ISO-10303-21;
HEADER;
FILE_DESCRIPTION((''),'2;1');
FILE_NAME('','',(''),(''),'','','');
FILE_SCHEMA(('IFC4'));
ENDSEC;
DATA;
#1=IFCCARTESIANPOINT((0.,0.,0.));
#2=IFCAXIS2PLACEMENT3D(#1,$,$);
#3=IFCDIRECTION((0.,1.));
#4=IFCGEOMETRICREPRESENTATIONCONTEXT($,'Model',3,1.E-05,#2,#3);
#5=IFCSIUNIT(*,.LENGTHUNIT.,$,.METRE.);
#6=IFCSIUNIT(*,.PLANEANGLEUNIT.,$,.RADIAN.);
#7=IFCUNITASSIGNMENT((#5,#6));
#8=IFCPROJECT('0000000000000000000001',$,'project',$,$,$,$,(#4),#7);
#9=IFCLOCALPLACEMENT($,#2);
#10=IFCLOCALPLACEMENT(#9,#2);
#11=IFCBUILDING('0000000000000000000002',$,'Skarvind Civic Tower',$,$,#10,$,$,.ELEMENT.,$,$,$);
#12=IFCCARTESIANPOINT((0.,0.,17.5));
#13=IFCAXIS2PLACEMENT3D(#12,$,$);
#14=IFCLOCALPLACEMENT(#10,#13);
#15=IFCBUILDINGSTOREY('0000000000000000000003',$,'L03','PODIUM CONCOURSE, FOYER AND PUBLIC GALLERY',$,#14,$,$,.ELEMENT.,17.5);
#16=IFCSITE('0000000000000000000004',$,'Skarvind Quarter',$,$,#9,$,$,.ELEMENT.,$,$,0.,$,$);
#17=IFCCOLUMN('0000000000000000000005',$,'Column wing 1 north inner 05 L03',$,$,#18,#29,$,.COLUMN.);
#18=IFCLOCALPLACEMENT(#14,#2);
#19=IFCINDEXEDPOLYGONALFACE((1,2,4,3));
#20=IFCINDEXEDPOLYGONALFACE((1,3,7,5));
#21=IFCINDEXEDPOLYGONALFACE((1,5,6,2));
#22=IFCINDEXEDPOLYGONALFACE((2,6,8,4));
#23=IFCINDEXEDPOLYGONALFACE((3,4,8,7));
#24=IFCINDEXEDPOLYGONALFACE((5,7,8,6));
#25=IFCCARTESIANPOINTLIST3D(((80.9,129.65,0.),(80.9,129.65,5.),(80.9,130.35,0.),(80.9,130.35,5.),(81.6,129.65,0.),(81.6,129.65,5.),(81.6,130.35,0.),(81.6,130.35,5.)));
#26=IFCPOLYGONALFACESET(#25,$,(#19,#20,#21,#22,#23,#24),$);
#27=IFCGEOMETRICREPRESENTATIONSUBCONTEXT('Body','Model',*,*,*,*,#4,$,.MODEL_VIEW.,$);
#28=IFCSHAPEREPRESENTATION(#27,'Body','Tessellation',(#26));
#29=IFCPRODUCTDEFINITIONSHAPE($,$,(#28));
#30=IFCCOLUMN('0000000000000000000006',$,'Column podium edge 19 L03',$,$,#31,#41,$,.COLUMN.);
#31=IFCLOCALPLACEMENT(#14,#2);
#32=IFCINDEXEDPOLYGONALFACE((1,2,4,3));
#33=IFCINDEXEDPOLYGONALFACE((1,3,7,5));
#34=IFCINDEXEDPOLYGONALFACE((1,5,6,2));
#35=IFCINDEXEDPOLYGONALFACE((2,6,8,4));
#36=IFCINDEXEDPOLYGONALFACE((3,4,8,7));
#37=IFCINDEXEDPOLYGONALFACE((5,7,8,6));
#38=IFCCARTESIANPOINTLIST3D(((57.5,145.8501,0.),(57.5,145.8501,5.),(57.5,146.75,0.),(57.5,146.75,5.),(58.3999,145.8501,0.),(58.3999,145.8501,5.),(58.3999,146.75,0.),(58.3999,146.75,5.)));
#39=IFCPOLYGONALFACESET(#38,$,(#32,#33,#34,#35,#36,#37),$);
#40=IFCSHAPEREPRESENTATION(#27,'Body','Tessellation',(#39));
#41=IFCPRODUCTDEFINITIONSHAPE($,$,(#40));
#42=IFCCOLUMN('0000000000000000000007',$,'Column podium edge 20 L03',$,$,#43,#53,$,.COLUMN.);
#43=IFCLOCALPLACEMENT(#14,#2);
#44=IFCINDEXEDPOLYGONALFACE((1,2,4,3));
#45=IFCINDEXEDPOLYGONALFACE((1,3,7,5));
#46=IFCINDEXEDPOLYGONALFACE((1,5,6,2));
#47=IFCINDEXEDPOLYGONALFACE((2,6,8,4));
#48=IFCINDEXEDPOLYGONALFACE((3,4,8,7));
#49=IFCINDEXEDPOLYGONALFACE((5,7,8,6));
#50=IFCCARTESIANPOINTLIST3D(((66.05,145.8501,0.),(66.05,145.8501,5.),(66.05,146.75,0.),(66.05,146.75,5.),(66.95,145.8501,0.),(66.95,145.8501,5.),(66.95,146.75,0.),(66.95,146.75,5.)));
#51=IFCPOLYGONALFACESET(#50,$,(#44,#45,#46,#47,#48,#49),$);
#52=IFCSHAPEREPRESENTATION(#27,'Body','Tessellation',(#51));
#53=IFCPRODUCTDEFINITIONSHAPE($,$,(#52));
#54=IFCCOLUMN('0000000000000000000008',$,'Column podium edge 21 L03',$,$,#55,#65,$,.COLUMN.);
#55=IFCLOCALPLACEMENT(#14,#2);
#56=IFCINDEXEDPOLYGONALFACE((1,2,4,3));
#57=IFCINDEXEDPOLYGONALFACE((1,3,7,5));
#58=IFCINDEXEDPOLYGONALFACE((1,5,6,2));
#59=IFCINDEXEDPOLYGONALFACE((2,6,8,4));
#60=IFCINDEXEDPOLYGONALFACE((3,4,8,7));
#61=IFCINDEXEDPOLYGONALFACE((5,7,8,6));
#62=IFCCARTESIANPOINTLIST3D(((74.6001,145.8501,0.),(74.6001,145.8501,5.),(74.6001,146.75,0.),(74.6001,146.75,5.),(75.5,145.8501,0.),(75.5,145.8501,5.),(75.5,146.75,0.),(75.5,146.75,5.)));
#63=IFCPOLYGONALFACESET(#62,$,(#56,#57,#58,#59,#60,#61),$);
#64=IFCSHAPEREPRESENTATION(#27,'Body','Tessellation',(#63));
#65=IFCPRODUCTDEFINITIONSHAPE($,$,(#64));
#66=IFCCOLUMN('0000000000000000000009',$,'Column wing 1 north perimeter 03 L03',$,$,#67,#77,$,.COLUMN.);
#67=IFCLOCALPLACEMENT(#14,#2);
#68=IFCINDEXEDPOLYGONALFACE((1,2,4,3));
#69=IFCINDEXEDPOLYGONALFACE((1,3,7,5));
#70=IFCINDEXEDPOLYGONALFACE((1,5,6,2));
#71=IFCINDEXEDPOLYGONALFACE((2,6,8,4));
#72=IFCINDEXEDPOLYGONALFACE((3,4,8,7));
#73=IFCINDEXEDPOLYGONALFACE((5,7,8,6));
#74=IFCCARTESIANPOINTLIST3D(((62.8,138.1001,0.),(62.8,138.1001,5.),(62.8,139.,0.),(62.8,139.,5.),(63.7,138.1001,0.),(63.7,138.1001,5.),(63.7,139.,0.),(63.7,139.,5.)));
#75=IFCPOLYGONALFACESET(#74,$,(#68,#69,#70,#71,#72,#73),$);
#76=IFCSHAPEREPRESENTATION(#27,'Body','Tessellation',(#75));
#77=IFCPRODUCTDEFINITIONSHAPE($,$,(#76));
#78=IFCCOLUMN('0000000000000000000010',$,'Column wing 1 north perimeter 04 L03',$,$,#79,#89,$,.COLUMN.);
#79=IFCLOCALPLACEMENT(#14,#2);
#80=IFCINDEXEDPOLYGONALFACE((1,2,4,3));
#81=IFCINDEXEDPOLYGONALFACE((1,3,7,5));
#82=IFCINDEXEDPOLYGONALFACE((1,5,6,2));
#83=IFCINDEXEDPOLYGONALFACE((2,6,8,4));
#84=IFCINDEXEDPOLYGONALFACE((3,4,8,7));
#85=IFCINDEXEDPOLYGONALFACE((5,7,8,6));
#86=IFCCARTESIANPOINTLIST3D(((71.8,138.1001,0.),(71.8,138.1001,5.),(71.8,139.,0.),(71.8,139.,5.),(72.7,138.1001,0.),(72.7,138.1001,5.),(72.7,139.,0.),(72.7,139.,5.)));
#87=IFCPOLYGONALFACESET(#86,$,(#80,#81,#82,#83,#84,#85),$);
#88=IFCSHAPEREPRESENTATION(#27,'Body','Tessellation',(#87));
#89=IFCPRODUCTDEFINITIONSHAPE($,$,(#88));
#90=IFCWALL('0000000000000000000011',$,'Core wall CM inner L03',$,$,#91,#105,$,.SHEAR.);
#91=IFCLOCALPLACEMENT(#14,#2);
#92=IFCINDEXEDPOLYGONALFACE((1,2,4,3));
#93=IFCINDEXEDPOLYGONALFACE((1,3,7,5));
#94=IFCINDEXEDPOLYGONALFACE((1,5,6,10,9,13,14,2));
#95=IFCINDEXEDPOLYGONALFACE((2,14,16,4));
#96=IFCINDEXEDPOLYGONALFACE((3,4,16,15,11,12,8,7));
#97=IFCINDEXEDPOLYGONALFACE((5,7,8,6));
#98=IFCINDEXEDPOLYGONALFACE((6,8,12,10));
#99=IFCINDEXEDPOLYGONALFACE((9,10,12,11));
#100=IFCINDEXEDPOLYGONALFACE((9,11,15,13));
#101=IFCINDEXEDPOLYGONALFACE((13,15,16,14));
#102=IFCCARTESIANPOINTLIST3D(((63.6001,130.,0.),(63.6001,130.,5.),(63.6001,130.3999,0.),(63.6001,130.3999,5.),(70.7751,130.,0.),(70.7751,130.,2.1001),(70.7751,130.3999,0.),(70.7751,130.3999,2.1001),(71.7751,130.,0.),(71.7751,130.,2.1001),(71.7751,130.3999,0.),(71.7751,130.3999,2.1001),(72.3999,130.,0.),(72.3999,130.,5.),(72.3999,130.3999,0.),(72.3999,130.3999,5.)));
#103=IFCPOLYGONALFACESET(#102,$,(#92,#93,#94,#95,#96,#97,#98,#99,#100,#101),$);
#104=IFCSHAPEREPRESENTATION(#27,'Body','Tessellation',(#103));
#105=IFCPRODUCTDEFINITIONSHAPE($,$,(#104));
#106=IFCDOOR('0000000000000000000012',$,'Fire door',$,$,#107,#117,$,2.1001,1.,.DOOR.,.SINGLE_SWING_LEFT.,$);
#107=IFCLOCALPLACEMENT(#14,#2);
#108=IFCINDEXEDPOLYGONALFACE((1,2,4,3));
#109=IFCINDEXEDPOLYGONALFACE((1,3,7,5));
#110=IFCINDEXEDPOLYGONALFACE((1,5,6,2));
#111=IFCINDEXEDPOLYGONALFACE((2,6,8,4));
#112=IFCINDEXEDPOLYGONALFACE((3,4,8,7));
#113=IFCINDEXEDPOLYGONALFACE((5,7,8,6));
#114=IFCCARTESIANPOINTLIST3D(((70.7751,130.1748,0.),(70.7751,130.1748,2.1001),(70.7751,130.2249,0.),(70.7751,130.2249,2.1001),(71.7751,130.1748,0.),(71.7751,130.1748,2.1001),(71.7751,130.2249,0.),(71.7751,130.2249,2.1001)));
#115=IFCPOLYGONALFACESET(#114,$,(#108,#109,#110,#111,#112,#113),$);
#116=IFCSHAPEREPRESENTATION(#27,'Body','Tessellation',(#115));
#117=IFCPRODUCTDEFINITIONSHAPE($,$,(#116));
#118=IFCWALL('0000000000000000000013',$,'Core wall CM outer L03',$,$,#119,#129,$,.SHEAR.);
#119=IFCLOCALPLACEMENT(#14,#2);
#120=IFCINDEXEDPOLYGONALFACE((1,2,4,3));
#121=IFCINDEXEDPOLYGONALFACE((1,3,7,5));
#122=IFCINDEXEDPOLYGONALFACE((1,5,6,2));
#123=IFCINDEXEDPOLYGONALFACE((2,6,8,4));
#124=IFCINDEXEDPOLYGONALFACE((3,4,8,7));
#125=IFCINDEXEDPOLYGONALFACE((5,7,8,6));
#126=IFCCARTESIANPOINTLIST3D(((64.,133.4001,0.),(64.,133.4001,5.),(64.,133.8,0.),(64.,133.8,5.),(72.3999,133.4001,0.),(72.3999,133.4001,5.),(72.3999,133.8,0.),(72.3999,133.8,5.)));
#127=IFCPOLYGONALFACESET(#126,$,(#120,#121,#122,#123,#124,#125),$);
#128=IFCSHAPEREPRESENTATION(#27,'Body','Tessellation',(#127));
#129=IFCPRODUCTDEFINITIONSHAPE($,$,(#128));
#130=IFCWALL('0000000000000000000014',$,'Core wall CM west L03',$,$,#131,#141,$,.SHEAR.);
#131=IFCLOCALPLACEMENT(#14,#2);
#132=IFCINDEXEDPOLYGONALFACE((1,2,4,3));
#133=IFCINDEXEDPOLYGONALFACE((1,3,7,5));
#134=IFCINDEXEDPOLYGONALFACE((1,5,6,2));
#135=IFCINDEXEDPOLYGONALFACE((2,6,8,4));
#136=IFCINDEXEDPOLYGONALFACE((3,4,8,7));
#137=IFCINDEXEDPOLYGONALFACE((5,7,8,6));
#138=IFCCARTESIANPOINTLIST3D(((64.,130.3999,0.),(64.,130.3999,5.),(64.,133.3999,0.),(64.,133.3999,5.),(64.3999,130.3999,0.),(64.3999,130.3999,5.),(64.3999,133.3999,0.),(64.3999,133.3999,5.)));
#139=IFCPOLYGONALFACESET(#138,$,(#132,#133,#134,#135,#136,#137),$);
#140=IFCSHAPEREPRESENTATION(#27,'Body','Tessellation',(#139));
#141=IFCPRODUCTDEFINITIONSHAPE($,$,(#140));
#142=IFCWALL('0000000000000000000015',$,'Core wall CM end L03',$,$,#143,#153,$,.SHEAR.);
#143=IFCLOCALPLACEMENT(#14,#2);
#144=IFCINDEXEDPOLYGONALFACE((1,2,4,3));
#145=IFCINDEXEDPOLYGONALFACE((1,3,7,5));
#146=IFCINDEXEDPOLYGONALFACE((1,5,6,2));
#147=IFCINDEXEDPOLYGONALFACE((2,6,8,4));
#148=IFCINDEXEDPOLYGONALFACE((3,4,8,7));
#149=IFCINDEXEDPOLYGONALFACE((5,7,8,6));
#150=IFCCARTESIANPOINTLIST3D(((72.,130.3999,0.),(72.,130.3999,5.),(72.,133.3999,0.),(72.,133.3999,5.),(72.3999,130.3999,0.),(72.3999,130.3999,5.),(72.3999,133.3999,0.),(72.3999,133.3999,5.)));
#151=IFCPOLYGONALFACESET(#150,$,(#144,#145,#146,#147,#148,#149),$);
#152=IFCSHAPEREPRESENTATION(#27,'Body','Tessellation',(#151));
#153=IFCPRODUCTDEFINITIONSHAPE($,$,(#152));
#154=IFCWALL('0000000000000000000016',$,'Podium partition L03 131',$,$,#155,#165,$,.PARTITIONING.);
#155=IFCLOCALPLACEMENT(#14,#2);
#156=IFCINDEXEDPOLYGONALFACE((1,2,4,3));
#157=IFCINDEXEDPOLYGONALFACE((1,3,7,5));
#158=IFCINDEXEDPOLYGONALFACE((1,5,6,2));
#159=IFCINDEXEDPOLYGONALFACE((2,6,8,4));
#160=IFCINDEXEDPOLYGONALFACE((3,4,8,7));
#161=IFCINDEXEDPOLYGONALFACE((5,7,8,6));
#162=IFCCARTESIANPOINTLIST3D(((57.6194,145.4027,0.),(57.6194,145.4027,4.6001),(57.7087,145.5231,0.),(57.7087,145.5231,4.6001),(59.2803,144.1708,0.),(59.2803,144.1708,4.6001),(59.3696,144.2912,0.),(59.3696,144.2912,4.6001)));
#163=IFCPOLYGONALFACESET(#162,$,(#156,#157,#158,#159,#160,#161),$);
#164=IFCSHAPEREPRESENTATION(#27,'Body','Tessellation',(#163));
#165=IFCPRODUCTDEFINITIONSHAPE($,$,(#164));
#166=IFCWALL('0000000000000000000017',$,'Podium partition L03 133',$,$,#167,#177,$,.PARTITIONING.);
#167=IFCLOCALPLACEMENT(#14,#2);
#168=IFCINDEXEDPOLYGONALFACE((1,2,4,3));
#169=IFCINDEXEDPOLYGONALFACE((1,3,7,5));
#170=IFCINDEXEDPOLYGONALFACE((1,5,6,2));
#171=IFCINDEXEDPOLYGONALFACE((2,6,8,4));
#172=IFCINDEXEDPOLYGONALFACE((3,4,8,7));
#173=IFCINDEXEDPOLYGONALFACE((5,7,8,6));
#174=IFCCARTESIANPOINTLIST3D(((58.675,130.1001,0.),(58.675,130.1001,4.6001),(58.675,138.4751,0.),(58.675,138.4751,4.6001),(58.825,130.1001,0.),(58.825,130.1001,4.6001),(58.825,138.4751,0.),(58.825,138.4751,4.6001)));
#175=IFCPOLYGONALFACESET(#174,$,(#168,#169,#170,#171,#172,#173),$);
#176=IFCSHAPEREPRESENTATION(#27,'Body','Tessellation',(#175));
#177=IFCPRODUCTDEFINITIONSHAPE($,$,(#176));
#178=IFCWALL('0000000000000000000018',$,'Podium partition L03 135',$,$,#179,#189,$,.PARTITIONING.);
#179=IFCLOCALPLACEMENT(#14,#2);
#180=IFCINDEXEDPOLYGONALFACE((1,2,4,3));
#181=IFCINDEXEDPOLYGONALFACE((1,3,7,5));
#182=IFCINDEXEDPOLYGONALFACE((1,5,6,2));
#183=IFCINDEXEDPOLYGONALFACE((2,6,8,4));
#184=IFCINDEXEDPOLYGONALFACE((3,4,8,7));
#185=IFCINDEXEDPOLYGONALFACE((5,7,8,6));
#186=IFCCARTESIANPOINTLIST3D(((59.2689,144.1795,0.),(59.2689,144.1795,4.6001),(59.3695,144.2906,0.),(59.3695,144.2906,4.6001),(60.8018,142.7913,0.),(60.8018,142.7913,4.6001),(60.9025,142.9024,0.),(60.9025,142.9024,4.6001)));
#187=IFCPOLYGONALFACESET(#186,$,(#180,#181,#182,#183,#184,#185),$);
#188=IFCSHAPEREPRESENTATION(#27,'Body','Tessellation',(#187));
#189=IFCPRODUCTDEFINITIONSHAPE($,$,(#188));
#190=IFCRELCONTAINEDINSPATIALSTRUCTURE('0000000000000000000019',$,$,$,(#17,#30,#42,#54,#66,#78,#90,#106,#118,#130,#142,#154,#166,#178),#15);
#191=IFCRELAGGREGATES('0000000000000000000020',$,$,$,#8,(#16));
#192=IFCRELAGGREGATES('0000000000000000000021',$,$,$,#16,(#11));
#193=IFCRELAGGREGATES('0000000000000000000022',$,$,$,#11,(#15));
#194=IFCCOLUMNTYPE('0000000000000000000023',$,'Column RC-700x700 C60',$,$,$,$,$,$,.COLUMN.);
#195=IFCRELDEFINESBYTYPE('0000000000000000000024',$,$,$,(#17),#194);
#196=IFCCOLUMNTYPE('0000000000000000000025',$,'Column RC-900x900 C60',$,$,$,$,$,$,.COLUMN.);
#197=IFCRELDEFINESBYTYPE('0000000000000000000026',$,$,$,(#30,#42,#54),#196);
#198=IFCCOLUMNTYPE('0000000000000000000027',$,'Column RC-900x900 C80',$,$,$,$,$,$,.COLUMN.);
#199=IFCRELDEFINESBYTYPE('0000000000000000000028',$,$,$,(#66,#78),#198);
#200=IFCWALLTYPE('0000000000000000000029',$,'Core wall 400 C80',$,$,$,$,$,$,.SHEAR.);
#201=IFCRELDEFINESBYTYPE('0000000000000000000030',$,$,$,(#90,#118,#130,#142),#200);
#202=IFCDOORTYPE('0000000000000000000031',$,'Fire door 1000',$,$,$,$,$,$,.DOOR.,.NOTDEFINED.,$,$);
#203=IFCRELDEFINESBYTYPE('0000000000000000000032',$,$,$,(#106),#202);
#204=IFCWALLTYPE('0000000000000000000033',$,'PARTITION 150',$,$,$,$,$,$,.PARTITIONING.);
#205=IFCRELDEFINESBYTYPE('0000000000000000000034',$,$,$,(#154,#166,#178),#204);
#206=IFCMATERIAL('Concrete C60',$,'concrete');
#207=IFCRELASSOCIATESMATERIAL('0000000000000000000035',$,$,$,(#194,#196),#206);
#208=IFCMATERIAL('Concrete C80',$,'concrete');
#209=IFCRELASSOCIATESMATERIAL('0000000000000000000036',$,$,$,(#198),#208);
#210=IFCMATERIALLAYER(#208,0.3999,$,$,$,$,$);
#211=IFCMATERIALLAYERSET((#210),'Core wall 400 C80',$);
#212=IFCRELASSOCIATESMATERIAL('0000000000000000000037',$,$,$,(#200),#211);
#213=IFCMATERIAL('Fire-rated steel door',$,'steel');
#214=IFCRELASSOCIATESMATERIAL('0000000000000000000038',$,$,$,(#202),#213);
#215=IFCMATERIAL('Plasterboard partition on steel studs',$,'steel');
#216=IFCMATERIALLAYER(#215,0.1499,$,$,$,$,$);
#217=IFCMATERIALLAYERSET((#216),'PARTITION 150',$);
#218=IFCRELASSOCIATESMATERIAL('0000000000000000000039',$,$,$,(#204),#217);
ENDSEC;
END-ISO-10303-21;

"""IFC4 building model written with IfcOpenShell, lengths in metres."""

from ifc_helpers import new_model, si_unit, direction, frame, frame_2d, origin, origin_2d, place, context, subcontext, project, spatial, rectangle, extrude, material, layer, layer_set, material_profile, profile_set, type_object, element, fill, save


model = new_model("IFC4")

# Units and contexts
model_context = context("Model", 3, precision=1e-05, world=origin(), true_north=direction((0.0, 1.0)))
body_context = subcontext(model_context, "Body", "Model", "MODEL_VIEW")
ifc_project = project(units=[si_unit("LENGTHUNIT", "METRE"), si_unit("PLANEANGLEUNIT", "RADIAN")], contexts=[model_context])

# Site, building, storey
site_placement = place(None, origin())
site = spatial("IfcSite", under=ifc_project, at=site_placement, Name="Skarvind Quarter", CompositionType="ELEMENT", RefElevation=0.0)
building_placement = place(site_placement, origin())
building = spatial("IfcBuilding", under=site, at=building_placement, Name="Skarvind Civic Tower", CompositionType="ELEMENT")
storey_placement = place(building_placement, frame((0.0, 0.0, 17.5)))
storey = spatial("IfcBuildingStorey", under=building, at=storey_placement, Name="L03", Description="PODIUM CONCOURSE, FOYER AND PUBLIC GALLERY", CompositionType="ELEMENT", Elevation=17.5)

# Columns
ifc_material_1 = material(Name="Concrete C60", Category="concrete")
ifc_material_profile_1 = material_profile(ifc_material_1, rectangle(XDim=0.7, YDim=0.7, at=origin_2d()), Name="RC-700x700")
ifc_profile_set_1 = profile_set([ifc_material_profile_1], Name="Concrete C60")
column_type_1 = type_object("IfcColumnType", Name="Column RC-700x700 C60", PredefinedType="COLUMN", material=ifc_profile_set_1)
column_placement = place(storey_placement, frame((81.25, 130.0, 0.0), z_axis=(0.0, 0.0, 1.0), x_axis=(1.0, 0.0, 0.0)))
element("IfcColumn", 1, at=column_placement, inside=storey, type_object=column_type_1, Name="Column wing 1 north inner 05 L03", PredefinedType="COLUMN", context=body_context, shape_type="SweptSolid", body=[
    extrude(rectangle(XDim=0.7, YDim=0.7, at=origin_2d()), origin(), (0.0, 0.0, 1.0), 5.0),
])
ifc_material_profile_2 = material_profile(ifc_material_1, rectangle(XDim=0.8999, YDim=0.8999, at=origin_2d()), Name="RC-900x900")
ifc_profile_set_2 = profile_set([ifc_material_profile_2], Name="Concrete C60")
column_type_2 = type_object("IfcColumnType", Name="Column RC-900x900 C60", PredefinedType="COLUMN", material=ifc_profile_set_2)
for number, where, z_axis, x_axis, name in (
    (2, (57.95, 146.3, 0.0), (0.0, 0.0, 1.0), (1.0, 0.0, 0.0), "Column podium edge 19 L03"),
    (3, (66.5, 146.3, 0.0), (0.0, 0.0, 1.0), (1.0, 0.0, 0.0), "Column podium edge 20 L03"),
    (4, (75.05, 146.3, 0.0), (0.0, 0.0, 1.0), (1.0, 0.0, 0.0), "Column podium edge 21 L03"),
):
    element("IfcColumn", number, at=place(storey_placement, frame(where, z_axis=z_axis, x_axis=x_axis)), inside=storey, type_object=column_type_2, Name=name, PredefinedType="COLUMN", context=body_context, shape_type="SweptSolid", body=[
        extrude(rectangle(XDim=0.8999, YDim=0.8999, at=origin_2d()), origin(), (0.0, 0.0, 1.0), 5.0),
    ])
ifc_material_2 = material(Name="Concrete C80", Category="concrete")
ifc_material_profile_3 = material_profile(ifc_material_2, rectangle(XDim=0.8999, YDim=0.8999, at=origin_2d()), Name="RC-900x900")
ifc_profile_set_3 = profile_set([ifc_material_profile_3], Name="Concrete C80")
column_type_3 = type_object("IfcColumnType", Name="Column RC-900x900 C80", PredefinedType="COLUMN", material=ifc_profile_set_3)
for number, where, z_axis, x_axis, name in (
    (5, (63.25, 138.55, 0.0), (0.0, 0.0, 1.0), (1.0, 0.0, 0.0), "Column wing 1 north perimeter 03 L03"),
    (6, (72.25, 138.55, 0.0), (0.0, 0.0, 1.0), (1.0, 0.0, 0.0), "Column wing 1 north perimeter 04 L03"),
):
    element("IfcColumn", number, at=place(storey_placement, frame(where, z_axis=z_axis, x_axis=x_axis)), inside=storey, type_object=column_type_3, Name=name, PredefinedType="COLUMN", context=body_context, shape_type="SweptSolid", body=[
        extrude(rectangle(XDim=0.8999, YDim=0.8999, at=origin_2d()), origin(), (0.0, 0.0, 1.0), 5.0),
    ])

# Wall, opening, door
ifc_layer_1 = layer(ifc_material_2, 0.3999)
ifc_layer_set_1 = layer_set([ifc_layer_1], Name="Core wall 400 C80")
wall_type_1 = type_object("IfcWallType", Name="Core wall 400 C80", PredefinedType="SHEAR", material=ifc_layer_set_1)
wall_1_placement = place(storey_placement, frame((63.6001, 130.2, 0.0), z_axis=(0.0, 0.0, 1.0), x_axis=(1.0, 0.0, 0.0)))
wall_1 = element("IfcWall", 7, at=wall_1_placement, inside=storey, type_object=wall_type_1, Name="Core wall CM inner L03", PredefinedType="SHEAR", context=body_context, shape_type="SweptSolid", body=[
    extrude(rectangle(XDim=8.7998, YDim=0.3999, at=frame_2d((4.3999, 0.0))), origin(), (0.0, 0.0, 1.0), 5.0),
])
opening_1_placement = place(wall_1_placement, frame((7.175, 0.0, 0.0)))
opening_1 = element("IfcOpeningElement", 8, at=opening_1_placement, cuts=wall_1, PredefinedType="OPENING", context=body_context, shape_type="SweptSolid", body=[
    extrude(rectangle(XDim=1.0, YDim=2.1001, at=frame_2d((0.5, 1.05))), frame((0.0, 0.21, 0.0), z_axis=(0.0, -1.0, 0.0), x_axis=(1.0, 0.0, 0.0)), (0.0, 0.0, 1.0), 0.4199),
])
ifc_material_3 = material(Name="Fire-rated steel door", Category="steel")
door_type_1 = type_object("IfcDoorType", Name="Fire door 1000", OperationType="NOTDEFINED", PredefinedType="DOOR", material=ifc_material_3)
door_1_placement = place(opening_1_placement, origin())
door_1 = element("IfcDoor", 9, at=door_1_placement, inside=storey, type_object=door_type_1, Name="Fire door", OperationType="SINGLE_SWING_LEFT", OverallHeight=2.1001, OverallWidth=1.0, PredefinedType="DOOR", context=body_context, shape_type="SweptSolid", body=[
    extrude(rectangle(XDim=1.0, YDim=2.1001, at=frame_2d((0.5, 1.05))), frame((0.0, 0.0249, 0.0), z_axis=(0.0, -1.0, 0.0), x_axis=(1.0, 0.0, 0.0)), (0.0, 0.0, 1.0), 0.05),
])
fill(opening_1, door_1)

# Walls
wall_2_placement = place(storey_placement, frame((64.0, 133.6001, 0.0), z_axis=(0.0, 0.0, 1.0), x_axis=(1.0, 0.0, 0.0)))
element("IfcWall", 10, at=wall_2_placement, inside=storey, type_object=wall_type_1, Name="Core wall CM outer L03", PredefinedType="SHEAR", context=body_context, shape_type="SweptSolid", body=[
    extrude(rectangle(XDim=8.3999, YDim=0.3999, at=frame_2d((4.2, 0.0))), origin(), (0.0, 0.0, 1.0), 5.0),
])
for number, where, z_axis, x_axis, name in (
    (11, (64.2, 130.3999, 0.0), (0.0, 0.0, 1.0), (0.0, 1.0, 0.0), "Core wall CM west L03"),
    (12, (72.2, 130.3999, 0.0), (0.0, 0.0, 1.0), (0.0, 1.0, 0.0), "Core wall CM end L03"),
):
    element("IfcWall", number, at=place(storey_placement, frame(where, z_axis=z_axis, x_axis=x_axis)), inside=storey, type_object=wall_type_1, Name=name, PredefinedType="SHEAR", context=body_context, shape_type="SweptSolid", body=[
        extrude(rectangle(XDim=3.0, YDim=0.3999, at=frame_2d((1.5, 0.0))), origin(), (0.0, 0.0, 1.0), 5.0),
    ])
ifc_material_4 = material(Name="Plasterboard partition on steel studs", Category="steel")
ifc_layer_2 = layer(ifc_material_4, 0.1499)
ifc_layer_set_2 = layer_set([ifc_layer_2], Name="PARTITION 150")
wall_type_2 = type_object("IfcWallType", Name="PARTITION 150", PredefinedType="PARTITIONING", material=ifc_layer_set_2)
wall_3_placement = place(storey_placement, frame((57.6641, 145.4629, 0.0), z_axis=(0.0, 0.0, 1.0), x_axis=(0.803176, -0.595741, 0.0)))
element("IfcWall", 13, at=wall_3_placement, inside=storey, type_object=wall_type_2, Name="Podium partition L03 131", PredefinedType="PARTITIONING", context=body_context, shape_type="SweptSolid", body=[
    extrude(rectangle(XDim=2.0679, YDim=0.1499, at=frame_2d((1.0339, 0.0))), origin(), (0.0, 0.0, 1.0), 4.6001),
])
wall_4_placement = place(storey_placement, frame((58.75, 130.1001, 0.0), z_axis=(0.0, 0.0, 1.0), x_axis=(0.0, 1.0, 0.0)))
element("IfcWall", 14, at=wall_4_placement, inside=storey, type_object=wall_type_2, Name="Podium partition L03 133", PredefinedType="PARTITIONING", context=body_context, shape_type="SweptSolid", body=[
    extrude(rectangle(XDim=8.375, YDim=0.1499, at=frame_2d((4.1875, 0.0))), origin(), (0.0, 0.0, 1.0), 4.6001),
])
for number, where, z_axis, x_axis, name in (
    (15, (59.3191, 144.2351, 0.0), (0.0, 0.0, 1.0), (0.741242, -0.671238, 0.0), "Podium partition L03 135"),
):
    element("IfcWall", number, at=place(storey_placement, frame(where, z_axis=z_axis, x_axis=x_axis)), inside=storey, type_object=wall_type_2, Name=name, PredefinedType="PARTITIONING", context=body_context, shape_type="SweptSolid", body=[
        extrude(rectangle(XDim=2.0681, YDim=0.1499, at=frame_2d((1.0342, 0.0))), origin(), (0.0, 0.0, 1.0), 4.6001),
    ])

save(model, "model.ifc")
